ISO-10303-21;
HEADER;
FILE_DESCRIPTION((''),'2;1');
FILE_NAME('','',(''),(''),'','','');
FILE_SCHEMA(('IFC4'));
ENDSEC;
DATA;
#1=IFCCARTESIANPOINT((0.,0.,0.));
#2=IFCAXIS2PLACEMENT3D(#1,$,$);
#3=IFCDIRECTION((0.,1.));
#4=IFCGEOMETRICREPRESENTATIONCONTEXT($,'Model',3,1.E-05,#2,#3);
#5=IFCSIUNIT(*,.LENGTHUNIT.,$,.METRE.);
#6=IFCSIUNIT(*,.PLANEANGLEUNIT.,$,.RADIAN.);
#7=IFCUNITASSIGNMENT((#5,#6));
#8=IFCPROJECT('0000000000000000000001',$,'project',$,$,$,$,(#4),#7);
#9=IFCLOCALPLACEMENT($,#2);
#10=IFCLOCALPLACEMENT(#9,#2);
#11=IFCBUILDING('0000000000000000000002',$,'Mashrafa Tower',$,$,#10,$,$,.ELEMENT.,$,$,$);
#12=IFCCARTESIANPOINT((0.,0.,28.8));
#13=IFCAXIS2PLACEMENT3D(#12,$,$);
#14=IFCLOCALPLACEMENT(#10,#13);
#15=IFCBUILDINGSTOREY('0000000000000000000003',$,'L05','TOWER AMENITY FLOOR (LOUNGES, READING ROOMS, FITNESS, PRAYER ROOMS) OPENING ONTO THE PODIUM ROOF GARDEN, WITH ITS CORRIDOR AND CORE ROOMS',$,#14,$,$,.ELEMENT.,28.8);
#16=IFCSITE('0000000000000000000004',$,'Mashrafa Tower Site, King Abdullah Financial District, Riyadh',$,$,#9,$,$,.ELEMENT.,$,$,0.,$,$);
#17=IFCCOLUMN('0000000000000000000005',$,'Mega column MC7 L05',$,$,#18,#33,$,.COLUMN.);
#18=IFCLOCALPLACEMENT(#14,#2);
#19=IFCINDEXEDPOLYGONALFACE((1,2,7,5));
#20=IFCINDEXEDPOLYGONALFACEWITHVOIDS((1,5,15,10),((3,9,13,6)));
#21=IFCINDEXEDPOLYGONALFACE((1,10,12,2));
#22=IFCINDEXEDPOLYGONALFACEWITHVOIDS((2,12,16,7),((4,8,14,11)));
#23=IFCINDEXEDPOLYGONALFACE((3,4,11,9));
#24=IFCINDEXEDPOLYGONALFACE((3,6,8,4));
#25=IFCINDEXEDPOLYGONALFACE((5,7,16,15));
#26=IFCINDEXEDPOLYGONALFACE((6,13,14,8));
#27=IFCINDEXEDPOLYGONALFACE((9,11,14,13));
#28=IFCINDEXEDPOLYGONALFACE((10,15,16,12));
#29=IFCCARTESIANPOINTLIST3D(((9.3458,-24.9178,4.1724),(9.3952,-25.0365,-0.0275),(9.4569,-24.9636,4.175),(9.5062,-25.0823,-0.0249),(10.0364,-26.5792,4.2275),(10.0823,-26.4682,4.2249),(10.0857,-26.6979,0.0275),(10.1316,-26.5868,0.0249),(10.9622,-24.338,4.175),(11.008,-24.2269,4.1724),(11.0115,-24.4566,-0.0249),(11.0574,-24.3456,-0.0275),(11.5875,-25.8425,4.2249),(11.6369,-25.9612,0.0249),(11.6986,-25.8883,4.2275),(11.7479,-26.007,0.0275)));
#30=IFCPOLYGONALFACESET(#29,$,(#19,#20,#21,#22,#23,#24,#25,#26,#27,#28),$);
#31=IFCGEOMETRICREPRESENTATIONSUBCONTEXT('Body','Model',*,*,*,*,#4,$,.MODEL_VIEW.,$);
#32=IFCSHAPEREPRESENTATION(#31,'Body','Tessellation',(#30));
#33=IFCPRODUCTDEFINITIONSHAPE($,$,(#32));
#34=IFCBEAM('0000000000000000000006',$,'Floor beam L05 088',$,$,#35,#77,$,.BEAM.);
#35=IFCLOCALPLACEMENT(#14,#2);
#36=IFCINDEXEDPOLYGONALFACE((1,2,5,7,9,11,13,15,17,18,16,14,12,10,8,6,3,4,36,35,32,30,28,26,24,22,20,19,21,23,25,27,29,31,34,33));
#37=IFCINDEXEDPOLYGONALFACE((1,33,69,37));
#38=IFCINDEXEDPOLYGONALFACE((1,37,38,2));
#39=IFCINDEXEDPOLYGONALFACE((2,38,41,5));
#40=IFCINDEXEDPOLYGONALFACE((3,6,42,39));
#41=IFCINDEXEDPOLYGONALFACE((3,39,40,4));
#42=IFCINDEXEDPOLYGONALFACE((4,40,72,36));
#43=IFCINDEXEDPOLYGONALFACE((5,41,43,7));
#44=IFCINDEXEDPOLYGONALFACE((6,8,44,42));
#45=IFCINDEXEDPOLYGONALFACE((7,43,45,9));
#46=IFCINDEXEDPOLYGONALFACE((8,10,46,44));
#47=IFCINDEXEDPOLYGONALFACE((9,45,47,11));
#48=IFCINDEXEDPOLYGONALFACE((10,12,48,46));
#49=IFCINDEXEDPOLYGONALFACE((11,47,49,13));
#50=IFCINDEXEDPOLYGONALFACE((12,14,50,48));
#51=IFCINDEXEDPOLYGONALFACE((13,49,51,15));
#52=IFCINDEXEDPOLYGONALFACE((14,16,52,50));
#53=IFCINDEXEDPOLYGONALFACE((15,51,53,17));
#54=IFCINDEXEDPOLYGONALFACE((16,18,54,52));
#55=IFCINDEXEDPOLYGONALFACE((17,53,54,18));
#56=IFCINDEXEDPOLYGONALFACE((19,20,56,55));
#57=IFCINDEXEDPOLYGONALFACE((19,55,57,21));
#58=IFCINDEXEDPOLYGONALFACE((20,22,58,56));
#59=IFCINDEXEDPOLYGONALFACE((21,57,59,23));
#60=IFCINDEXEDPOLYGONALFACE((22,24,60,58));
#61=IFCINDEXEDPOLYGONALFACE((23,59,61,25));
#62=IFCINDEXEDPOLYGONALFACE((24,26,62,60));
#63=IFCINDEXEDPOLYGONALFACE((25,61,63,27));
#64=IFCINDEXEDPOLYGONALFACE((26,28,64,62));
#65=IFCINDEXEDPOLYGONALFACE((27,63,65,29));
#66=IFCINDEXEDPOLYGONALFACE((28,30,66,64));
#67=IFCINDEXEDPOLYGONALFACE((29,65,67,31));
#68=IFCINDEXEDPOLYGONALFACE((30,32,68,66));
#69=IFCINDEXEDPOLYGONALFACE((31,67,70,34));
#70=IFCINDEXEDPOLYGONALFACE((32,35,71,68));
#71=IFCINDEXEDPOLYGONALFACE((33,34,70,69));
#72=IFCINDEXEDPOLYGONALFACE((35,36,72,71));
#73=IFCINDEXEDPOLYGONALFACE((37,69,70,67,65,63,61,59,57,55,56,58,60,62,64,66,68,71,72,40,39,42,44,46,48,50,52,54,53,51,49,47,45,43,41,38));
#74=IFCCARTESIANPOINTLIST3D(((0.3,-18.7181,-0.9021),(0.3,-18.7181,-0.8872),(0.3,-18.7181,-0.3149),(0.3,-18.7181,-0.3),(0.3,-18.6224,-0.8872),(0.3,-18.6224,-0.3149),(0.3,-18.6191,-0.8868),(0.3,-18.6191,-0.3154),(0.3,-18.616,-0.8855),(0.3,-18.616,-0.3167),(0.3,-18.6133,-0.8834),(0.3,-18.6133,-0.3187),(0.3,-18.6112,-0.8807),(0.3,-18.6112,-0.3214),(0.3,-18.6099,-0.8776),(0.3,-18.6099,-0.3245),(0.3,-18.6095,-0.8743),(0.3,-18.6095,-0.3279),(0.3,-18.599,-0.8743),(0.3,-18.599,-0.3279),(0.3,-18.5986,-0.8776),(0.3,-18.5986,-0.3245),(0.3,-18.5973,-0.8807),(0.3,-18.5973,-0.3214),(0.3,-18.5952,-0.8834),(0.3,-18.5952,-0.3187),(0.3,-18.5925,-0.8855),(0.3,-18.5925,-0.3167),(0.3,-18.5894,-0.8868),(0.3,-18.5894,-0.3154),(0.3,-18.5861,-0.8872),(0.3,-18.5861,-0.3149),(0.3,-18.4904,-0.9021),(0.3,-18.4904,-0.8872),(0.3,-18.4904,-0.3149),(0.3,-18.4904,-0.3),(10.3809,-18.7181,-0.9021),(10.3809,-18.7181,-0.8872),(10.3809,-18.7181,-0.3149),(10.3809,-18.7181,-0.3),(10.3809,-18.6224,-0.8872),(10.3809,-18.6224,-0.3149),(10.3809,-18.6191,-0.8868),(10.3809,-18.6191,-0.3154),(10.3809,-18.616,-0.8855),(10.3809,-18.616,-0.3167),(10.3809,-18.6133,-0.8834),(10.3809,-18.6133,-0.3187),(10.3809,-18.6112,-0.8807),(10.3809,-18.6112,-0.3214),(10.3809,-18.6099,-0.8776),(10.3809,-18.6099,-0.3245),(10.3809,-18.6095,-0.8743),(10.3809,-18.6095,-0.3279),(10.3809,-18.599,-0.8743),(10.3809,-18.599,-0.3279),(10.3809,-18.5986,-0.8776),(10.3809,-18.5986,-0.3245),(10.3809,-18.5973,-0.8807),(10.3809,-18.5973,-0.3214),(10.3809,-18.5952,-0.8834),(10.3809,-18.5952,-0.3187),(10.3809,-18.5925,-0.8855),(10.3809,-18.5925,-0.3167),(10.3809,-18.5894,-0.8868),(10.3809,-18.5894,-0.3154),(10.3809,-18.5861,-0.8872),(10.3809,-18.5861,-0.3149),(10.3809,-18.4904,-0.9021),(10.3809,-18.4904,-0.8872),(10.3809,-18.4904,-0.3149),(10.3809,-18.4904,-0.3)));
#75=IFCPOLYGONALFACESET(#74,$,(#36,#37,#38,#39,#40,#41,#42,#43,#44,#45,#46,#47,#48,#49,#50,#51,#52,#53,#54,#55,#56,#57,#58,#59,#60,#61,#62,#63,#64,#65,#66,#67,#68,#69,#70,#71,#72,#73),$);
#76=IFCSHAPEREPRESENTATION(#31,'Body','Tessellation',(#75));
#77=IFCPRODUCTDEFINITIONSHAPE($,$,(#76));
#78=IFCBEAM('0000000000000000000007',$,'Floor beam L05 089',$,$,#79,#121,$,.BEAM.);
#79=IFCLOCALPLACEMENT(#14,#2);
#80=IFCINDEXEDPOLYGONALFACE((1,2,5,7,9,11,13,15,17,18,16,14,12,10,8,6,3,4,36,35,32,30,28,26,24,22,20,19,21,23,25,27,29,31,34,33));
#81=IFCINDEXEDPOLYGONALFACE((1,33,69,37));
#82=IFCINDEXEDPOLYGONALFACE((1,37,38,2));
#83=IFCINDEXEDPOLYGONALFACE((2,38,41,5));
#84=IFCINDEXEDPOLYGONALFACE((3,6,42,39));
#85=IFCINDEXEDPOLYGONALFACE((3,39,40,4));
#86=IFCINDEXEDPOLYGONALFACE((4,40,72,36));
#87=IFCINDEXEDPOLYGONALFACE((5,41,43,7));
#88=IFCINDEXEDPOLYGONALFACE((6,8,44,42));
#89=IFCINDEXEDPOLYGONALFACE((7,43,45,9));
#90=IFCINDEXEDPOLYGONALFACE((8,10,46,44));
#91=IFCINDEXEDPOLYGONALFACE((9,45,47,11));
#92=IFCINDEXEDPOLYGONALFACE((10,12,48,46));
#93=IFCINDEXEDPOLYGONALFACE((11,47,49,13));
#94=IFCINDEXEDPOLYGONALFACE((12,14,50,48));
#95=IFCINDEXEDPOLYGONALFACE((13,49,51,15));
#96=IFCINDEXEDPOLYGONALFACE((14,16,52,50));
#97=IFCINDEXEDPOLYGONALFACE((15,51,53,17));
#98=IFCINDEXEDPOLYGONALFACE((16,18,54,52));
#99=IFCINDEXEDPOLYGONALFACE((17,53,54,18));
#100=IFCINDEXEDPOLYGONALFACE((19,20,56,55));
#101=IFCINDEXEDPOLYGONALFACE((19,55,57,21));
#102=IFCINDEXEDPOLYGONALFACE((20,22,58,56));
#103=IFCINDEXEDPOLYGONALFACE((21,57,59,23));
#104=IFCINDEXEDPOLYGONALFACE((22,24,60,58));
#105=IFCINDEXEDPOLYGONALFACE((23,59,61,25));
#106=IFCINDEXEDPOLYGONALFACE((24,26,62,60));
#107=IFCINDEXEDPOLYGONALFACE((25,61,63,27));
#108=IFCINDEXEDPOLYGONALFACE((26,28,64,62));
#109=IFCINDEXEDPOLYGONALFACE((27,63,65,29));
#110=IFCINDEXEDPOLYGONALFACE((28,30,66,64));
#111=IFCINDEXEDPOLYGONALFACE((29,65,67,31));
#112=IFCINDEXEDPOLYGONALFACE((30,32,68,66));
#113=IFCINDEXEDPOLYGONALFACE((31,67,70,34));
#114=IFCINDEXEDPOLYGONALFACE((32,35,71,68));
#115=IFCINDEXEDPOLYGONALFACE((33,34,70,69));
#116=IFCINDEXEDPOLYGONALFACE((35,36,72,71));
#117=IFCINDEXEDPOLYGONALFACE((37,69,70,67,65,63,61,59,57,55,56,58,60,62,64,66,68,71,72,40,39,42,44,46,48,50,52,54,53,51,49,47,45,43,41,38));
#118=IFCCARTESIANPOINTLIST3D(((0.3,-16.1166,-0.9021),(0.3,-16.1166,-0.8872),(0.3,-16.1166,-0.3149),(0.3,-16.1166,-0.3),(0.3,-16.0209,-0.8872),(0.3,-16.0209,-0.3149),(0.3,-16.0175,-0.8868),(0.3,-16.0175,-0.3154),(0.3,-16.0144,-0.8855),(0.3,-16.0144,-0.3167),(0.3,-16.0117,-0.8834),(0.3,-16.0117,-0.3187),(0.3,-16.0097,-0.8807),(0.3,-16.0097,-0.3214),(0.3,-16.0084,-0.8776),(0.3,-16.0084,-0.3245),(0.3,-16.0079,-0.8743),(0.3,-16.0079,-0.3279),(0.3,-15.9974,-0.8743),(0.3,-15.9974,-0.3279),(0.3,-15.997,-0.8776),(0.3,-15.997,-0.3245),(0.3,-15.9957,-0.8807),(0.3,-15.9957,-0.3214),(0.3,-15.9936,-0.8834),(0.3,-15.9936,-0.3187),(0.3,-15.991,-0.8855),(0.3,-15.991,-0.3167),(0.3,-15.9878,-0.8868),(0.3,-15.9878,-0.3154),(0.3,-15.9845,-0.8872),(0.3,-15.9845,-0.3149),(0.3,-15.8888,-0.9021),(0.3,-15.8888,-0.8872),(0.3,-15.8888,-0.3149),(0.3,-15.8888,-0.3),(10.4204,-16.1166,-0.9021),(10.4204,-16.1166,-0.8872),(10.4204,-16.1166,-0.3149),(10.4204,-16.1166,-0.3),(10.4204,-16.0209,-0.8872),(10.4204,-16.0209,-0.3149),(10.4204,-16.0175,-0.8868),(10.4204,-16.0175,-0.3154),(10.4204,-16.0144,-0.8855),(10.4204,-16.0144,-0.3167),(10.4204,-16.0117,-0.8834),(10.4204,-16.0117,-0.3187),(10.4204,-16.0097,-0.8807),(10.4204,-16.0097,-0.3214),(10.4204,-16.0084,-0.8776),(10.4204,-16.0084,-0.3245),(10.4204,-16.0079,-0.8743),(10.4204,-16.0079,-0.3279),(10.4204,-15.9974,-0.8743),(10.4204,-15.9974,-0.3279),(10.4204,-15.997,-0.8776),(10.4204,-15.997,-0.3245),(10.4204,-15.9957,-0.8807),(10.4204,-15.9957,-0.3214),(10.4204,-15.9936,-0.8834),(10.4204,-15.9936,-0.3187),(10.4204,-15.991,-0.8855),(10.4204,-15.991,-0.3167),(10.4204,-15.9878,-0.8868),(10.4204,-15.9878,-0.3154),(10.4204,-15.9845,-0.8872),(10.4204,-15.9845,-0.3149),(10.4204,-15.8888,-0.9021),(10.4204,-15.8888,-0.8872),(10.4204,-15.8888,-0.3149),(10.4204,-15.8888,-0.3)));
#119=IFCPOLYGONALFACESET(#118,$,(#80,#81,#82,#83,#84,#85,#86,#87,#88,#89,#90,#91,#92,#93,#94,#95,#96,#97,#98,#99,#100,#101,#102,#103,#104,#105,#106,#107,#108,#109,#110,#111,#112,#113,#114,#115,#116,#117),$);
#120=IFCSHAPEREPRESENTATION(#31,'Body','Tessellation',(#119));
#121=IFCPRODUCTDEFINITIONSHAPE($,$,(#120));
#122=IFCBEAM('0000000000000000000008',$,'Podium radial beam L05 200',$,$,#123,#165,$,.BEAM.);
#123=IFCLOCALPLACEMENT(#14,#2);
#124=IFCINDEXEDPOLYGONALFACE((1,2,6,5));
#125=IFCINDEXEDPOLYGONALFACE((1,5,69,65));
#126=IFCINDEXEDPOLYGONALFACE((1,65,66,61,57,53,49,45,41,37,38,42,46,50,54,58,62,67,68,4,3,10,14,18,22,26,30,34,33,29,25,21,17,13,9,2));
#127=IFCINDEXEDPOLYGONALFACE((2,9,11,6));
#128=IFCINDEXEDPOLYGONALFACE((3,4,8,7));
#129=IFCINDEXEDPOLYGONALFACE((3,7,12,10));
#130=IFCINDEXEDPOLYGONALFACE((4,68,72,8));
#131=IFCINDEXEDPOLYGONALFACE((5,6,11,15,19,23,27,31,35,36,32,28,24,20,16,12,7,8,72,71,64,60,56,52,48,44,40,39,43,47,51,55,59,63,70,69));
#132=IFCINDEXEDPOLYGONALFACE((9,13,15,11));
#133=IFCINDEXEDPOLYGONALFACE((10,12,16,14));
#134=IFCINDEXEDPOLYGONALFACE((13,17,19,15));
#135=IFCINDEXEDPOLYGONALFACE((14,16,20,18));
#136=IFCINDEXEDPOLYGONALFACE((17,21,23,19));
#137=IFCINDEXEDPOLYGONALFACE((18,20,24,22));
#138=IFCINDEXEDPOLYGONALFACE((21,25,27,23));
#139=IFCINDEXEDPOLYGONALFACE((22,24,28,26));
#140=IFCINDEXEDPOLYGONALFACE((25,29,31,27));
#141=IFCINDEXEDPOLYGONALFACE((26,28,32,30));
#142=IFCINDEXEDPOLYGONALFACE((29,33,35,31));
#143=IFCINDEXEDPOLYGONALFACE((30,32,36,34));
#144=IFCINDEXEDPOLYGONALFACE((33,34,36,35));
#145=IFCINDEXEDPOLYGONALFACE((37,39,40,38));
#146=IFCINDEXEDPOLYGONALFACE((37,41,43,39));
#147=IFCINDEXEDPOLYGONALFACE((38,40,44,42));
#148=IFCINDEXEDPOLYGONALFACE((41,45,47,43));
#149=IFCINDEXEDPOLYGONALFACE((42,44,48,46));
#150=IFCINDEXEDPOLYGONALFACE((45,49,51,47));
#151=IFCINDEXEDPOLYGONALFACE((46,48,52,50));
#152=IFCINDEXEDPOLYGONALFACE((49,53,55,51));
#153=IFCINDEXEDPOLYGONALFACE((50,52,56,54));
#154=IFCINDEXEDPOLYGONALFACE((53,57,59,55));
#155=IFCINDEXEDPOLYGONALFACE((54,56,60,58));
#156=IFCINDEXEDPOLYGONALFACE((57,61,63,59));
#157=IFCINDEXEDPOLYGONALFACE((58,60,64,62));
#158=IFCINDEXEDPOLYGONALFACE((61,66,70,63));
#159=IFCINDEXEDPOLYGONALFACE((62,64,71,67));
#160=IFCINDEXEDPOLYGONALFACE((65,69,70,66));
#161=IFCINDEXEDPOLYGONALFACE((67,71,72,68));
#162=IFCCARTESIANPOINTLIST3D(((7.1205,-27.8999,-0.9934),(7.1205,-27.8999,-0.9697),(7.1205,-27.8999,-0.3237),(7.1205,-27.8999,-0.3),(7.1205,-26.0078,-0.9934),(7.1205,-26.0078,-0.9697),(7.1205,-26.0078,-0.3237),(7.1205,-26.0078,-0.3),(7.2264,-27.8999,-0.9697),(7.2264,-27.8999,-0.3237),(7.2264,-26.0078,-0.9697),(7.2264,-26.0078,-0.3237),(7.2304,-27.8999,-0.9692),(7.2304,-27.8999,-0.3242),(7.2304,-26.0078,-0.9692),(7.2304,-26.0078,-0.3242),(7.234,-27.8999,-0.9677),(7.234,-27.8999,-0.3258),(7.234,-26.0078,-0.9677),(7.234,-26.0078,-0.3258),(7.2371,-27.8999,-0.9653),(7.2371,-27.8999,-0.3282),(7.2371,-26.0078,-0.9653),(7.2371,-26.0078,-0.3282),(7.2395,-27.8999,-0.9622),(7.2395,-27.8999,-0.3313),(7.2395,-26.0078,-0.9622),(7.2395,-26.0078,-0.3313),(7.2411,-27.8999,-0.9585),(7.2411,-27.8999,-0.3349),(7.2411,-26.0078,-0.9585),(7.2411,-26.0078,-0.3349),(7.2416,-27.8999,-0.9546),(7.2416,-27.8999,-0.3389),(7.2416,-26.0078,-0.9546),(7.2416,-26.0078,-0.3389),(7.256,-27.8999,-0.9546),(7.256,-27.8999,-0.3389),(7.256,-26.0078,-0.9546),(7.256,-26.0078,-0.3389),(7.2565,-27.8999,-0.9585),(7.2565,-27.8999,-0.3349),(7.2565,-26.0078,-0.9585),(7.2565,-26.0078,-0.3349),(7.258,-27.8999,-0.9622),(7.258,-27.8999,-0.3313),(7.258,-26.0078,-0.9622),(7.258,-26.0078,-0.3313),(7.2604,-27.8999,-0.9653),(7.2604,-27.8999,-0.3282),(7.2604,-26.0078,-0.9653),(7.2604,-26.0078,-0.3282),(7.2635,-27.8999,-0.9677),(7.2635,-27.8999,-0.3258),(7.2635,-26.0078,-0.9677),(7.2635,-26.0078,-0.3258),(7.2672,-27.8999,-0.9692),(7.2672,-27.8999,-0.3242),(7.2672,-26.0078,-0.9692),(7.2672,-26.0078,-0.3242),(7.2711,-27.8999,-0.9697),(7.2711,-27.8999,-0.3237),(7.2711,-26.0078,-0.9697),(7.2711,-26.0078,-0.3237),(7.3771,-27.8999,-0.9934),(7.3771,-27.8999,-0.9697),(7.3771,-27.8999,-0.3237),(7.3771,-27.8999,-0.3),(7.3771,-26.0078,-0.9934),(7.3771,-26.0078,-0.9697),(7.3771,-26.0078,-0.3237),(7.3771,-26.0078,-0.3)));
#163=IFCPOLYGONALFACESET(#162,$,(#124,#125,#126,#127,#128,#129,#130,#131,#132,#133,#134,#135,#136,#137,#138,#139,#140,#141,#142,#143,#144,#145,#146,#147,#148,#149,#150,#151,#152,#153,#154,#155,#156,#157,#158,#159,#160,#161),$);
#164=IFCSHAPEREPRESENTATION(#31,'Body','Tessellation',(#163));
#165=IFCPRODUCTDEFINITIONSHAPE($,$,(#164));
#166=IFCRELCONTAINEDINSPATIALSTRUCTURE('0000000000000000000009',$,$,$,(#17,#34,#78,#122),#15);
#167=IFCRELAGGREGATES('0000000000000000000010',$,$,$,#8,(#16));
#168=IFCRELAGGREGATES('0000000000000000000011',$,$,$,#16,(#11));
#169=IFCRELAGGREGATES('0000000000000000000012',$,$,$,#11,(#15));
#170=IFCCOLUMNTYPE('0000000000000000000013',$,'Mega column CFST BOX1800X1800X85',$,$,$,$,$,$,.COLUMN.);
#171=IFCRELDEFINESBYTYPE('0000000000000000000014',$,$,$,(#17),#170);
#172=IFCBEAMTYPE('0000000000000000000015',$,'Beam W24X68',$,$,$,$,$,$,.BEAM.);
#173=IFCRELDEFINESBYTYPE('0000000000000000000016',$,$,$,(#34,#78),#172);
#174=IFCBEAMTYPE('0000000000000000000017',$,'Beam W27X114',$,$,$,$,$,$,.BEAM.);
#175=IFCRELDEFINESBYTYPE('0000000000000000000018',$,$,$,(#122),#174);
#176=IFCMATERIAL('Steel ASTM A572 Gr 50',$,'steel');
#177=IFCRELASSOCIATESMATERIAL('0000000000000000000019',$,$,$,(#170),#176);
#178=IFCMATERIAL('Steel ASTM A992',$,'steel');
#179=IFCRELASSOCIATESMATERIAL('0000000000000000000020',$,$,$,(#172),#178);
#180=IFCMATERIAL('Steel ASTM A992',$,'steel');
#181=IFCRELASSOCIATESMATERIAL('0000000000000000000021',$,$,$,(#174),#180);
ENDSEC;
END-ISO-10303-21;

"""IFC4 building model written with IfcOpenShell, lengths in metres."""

from ifc_helpers import new_model, si_unit, direction, frame, origin, origin_2d, place, context, subcontext, project, spatial, hollow_rectangle, i_section, extrude, material, material_profile, profile_set, type_object, element, save


model = new_model("IFC4")

# Units and contexts
model_context = context("Model", 3, precision=1e-05, world=origin(), true_north=direction((0.0, 1.0)))
body_context = subcontext(model_context, "Body", "Model", "MODEL_VIEW")
ifc_project = project(units=[si_unit("LENGTHUNIT", "METRE"), si_unit("PLANEANGLEUNIT", "RADIAN")], contexts=[model_context])

# Site, building, storey
site_placement = place(None, origin())
site = spatial("IfcSite", under=ifc_project, at=site_placement, Name="Mashrafa Tower Site, King Abdullah Financial District, Riyadh", CompositionType="ELEMENT", RefElevation=0.0)
building_placement = place(site_placement, origin())
building = spatial("IfcBuilding", under=site, at=building_placement, Name="Mashrafa Tower", CompositionType="ELEMENT")
storey_placement = place(building_placement, frame((0.0, 0.0, 28.8)))
storey = spatial("IfcBuildingStorey", under=building, at=storey_placement, Name="L05", Description="TOWER AMENITY FLOOR (LOUNGES, READING ROOMS, FITNESS, PRAYER ROOMS) OPENING ONTO THE PODIUM ROOF GARDEN, WITH ITS CORRIDOR AND CORE ROOMS", CompositionType="ELEMENT", Elevation=28.8)

# Column
ifc_material_1 = material(Name="Steel ASTM A572 Gr 50", Category="steel")
ifc_material_profile_1 = material_profile(ifc_material_1, hollow_rectangle(XDim=1.8, YDim=1.8, WallThickness=0.085, at=origin_2d()), Name="BOX1800X1800X85")
ifc_profile_set_1 = profile_set([ifc_material_profile_1], Name="Steel ASTM A572 Gr 50")
column_type = type_object("IfcColumnType", Name="Mega column CFST BOX1800X1800X85", PredefinedType="COLUMN", material=ifc_profile_set_1)
column_placement = place(storey_placement, frame((10.5715, -25.5217, 0.0), z_axis=(-0.011737, 0.028238, 0.999532), x_axis=(-0.923414, -0.383806, 0.0)))
element("IfcColumn", 1, at=column_placement, inside=storey, type_object=column_type, Name="Mega column MC7 L05", PredefinedType="COLUMN", context=body_context, shape_type="SweptSolid", body=[
    extrude(hollow_rectangle(XDim=1.8, YDim=1.8, WallThickness=0.085, at=origin_2d()), origin(), (0.0, 0.0, 1.0), 4.2019),
])

# Beams
ifc_material_2 = material(Name="Steel ASTM A992", Category="steel")
ifc_material_profile_2 = material_profile(ifc_material_2, i_section(OverallWidth=0.2278, OverallDepth=0.6021, WebThickness=0.0105, FlangeThickness=0.0149, FilletRadius=0.0129, at=origin_2d()), Name="W24X68")
ifc_profile_set_2 = profile_set([ifc_material_profile_2], Name="Steel ASTM A992")
beam_type_1 = type_object("IfcBeamType", Name="Beam W24X68", PredefinedType="BEAM", material=ifc_profile_set_2)
beam_1_placement = place(storey_placement, frame((10.3809, -18.6042, -0.6011), z_axis=(-1.0, 0.0, 0.0), x_axis=(0.0, -1.0, 0.0)))
element("IfcBeam", 2, at=beam_1_placement, inside=storey, type_object=beam_type_1, Name="Floor beam L05 088", PredefinedType="BEAM", context=body_context, shape_type="SweptSolid", body=[
    extrude(i_section(OverallWidth=0.2278, OverallDepth=0.6021, WebThickness=0.0105, FlangeThickness=0.0149, FilletRadius=0.0129, at=origin_2d()), origin(), (0.0, 0.0, 1.0), 10.0808),
])
beam_2_placement = place(storey_placement, frame((10.4204, -16.0027, -0.6011), z_axis=(-1.0, 0.0, 0.0), x_axis=(0.0, -1.0, 0.0)))
element("IfcBeam", 3, at=beam_2_placement, inside=storey, type_object=beam_type_1, Name="Floor beam L05 089", PredefinedType="BEAM", context=body_context, shape_type="SweptSolid", body=[
    extrude(i_section(OverallWidth=0.2278, OverallDepth=0.6021, WebThickness=0.0105, FlangeThickness=0.0149, FilletRadius=0.0129, at=origin_2d()), origin(), (0.0, 0.0, 1.0), 10.1204),
])
ifc_material_3 = material(Name="Steel ASTM A992", Category="steel")
ifc_material_profile_3 = material_profile(ifc_material_3, i_section(OverallWidth=0.2566, OverallDepth=0.6934, WebThickness=0.0144, FlangeThickness=0.0237, FilletRadius=0.0151, at=origin_2d()), Name="W27X114")
ifc_profile_set_3 = profile_set([ifc_material_profile_3], Name="Steel ASTM A992")
beam_type_2 = type_object("IfcBeamType", Name="Beam W27X114", PredefinedType="BEAM", material=ifc_profile_set_3)
beam_3_placement = place(storey_placement, frame((7.2488, -26.0078, -0.6467), z_axis=(0.0, -1.0, 0.0), x_axis=(1.0, 0.0, 0.0)))
element("IfcBeam", 4, at=beam_3_placement, inside=storey, type_object=beam_type_2, Name="Podium radial beam L05 200", PredefinedType="BEAM", context=body_context, shape_type="SweptSolid", body=[
    extrude(i_section(OverallWidth=0.2566, OverallDepth=0.6934, WebThickness=0.0144, FlangeThickness=0.0237, FilletRadius=0.0151, at=origin_2d()), origin(), (0.0, 0.0, 1.0), 1.8921),
])

save(model, "model.ifc")
